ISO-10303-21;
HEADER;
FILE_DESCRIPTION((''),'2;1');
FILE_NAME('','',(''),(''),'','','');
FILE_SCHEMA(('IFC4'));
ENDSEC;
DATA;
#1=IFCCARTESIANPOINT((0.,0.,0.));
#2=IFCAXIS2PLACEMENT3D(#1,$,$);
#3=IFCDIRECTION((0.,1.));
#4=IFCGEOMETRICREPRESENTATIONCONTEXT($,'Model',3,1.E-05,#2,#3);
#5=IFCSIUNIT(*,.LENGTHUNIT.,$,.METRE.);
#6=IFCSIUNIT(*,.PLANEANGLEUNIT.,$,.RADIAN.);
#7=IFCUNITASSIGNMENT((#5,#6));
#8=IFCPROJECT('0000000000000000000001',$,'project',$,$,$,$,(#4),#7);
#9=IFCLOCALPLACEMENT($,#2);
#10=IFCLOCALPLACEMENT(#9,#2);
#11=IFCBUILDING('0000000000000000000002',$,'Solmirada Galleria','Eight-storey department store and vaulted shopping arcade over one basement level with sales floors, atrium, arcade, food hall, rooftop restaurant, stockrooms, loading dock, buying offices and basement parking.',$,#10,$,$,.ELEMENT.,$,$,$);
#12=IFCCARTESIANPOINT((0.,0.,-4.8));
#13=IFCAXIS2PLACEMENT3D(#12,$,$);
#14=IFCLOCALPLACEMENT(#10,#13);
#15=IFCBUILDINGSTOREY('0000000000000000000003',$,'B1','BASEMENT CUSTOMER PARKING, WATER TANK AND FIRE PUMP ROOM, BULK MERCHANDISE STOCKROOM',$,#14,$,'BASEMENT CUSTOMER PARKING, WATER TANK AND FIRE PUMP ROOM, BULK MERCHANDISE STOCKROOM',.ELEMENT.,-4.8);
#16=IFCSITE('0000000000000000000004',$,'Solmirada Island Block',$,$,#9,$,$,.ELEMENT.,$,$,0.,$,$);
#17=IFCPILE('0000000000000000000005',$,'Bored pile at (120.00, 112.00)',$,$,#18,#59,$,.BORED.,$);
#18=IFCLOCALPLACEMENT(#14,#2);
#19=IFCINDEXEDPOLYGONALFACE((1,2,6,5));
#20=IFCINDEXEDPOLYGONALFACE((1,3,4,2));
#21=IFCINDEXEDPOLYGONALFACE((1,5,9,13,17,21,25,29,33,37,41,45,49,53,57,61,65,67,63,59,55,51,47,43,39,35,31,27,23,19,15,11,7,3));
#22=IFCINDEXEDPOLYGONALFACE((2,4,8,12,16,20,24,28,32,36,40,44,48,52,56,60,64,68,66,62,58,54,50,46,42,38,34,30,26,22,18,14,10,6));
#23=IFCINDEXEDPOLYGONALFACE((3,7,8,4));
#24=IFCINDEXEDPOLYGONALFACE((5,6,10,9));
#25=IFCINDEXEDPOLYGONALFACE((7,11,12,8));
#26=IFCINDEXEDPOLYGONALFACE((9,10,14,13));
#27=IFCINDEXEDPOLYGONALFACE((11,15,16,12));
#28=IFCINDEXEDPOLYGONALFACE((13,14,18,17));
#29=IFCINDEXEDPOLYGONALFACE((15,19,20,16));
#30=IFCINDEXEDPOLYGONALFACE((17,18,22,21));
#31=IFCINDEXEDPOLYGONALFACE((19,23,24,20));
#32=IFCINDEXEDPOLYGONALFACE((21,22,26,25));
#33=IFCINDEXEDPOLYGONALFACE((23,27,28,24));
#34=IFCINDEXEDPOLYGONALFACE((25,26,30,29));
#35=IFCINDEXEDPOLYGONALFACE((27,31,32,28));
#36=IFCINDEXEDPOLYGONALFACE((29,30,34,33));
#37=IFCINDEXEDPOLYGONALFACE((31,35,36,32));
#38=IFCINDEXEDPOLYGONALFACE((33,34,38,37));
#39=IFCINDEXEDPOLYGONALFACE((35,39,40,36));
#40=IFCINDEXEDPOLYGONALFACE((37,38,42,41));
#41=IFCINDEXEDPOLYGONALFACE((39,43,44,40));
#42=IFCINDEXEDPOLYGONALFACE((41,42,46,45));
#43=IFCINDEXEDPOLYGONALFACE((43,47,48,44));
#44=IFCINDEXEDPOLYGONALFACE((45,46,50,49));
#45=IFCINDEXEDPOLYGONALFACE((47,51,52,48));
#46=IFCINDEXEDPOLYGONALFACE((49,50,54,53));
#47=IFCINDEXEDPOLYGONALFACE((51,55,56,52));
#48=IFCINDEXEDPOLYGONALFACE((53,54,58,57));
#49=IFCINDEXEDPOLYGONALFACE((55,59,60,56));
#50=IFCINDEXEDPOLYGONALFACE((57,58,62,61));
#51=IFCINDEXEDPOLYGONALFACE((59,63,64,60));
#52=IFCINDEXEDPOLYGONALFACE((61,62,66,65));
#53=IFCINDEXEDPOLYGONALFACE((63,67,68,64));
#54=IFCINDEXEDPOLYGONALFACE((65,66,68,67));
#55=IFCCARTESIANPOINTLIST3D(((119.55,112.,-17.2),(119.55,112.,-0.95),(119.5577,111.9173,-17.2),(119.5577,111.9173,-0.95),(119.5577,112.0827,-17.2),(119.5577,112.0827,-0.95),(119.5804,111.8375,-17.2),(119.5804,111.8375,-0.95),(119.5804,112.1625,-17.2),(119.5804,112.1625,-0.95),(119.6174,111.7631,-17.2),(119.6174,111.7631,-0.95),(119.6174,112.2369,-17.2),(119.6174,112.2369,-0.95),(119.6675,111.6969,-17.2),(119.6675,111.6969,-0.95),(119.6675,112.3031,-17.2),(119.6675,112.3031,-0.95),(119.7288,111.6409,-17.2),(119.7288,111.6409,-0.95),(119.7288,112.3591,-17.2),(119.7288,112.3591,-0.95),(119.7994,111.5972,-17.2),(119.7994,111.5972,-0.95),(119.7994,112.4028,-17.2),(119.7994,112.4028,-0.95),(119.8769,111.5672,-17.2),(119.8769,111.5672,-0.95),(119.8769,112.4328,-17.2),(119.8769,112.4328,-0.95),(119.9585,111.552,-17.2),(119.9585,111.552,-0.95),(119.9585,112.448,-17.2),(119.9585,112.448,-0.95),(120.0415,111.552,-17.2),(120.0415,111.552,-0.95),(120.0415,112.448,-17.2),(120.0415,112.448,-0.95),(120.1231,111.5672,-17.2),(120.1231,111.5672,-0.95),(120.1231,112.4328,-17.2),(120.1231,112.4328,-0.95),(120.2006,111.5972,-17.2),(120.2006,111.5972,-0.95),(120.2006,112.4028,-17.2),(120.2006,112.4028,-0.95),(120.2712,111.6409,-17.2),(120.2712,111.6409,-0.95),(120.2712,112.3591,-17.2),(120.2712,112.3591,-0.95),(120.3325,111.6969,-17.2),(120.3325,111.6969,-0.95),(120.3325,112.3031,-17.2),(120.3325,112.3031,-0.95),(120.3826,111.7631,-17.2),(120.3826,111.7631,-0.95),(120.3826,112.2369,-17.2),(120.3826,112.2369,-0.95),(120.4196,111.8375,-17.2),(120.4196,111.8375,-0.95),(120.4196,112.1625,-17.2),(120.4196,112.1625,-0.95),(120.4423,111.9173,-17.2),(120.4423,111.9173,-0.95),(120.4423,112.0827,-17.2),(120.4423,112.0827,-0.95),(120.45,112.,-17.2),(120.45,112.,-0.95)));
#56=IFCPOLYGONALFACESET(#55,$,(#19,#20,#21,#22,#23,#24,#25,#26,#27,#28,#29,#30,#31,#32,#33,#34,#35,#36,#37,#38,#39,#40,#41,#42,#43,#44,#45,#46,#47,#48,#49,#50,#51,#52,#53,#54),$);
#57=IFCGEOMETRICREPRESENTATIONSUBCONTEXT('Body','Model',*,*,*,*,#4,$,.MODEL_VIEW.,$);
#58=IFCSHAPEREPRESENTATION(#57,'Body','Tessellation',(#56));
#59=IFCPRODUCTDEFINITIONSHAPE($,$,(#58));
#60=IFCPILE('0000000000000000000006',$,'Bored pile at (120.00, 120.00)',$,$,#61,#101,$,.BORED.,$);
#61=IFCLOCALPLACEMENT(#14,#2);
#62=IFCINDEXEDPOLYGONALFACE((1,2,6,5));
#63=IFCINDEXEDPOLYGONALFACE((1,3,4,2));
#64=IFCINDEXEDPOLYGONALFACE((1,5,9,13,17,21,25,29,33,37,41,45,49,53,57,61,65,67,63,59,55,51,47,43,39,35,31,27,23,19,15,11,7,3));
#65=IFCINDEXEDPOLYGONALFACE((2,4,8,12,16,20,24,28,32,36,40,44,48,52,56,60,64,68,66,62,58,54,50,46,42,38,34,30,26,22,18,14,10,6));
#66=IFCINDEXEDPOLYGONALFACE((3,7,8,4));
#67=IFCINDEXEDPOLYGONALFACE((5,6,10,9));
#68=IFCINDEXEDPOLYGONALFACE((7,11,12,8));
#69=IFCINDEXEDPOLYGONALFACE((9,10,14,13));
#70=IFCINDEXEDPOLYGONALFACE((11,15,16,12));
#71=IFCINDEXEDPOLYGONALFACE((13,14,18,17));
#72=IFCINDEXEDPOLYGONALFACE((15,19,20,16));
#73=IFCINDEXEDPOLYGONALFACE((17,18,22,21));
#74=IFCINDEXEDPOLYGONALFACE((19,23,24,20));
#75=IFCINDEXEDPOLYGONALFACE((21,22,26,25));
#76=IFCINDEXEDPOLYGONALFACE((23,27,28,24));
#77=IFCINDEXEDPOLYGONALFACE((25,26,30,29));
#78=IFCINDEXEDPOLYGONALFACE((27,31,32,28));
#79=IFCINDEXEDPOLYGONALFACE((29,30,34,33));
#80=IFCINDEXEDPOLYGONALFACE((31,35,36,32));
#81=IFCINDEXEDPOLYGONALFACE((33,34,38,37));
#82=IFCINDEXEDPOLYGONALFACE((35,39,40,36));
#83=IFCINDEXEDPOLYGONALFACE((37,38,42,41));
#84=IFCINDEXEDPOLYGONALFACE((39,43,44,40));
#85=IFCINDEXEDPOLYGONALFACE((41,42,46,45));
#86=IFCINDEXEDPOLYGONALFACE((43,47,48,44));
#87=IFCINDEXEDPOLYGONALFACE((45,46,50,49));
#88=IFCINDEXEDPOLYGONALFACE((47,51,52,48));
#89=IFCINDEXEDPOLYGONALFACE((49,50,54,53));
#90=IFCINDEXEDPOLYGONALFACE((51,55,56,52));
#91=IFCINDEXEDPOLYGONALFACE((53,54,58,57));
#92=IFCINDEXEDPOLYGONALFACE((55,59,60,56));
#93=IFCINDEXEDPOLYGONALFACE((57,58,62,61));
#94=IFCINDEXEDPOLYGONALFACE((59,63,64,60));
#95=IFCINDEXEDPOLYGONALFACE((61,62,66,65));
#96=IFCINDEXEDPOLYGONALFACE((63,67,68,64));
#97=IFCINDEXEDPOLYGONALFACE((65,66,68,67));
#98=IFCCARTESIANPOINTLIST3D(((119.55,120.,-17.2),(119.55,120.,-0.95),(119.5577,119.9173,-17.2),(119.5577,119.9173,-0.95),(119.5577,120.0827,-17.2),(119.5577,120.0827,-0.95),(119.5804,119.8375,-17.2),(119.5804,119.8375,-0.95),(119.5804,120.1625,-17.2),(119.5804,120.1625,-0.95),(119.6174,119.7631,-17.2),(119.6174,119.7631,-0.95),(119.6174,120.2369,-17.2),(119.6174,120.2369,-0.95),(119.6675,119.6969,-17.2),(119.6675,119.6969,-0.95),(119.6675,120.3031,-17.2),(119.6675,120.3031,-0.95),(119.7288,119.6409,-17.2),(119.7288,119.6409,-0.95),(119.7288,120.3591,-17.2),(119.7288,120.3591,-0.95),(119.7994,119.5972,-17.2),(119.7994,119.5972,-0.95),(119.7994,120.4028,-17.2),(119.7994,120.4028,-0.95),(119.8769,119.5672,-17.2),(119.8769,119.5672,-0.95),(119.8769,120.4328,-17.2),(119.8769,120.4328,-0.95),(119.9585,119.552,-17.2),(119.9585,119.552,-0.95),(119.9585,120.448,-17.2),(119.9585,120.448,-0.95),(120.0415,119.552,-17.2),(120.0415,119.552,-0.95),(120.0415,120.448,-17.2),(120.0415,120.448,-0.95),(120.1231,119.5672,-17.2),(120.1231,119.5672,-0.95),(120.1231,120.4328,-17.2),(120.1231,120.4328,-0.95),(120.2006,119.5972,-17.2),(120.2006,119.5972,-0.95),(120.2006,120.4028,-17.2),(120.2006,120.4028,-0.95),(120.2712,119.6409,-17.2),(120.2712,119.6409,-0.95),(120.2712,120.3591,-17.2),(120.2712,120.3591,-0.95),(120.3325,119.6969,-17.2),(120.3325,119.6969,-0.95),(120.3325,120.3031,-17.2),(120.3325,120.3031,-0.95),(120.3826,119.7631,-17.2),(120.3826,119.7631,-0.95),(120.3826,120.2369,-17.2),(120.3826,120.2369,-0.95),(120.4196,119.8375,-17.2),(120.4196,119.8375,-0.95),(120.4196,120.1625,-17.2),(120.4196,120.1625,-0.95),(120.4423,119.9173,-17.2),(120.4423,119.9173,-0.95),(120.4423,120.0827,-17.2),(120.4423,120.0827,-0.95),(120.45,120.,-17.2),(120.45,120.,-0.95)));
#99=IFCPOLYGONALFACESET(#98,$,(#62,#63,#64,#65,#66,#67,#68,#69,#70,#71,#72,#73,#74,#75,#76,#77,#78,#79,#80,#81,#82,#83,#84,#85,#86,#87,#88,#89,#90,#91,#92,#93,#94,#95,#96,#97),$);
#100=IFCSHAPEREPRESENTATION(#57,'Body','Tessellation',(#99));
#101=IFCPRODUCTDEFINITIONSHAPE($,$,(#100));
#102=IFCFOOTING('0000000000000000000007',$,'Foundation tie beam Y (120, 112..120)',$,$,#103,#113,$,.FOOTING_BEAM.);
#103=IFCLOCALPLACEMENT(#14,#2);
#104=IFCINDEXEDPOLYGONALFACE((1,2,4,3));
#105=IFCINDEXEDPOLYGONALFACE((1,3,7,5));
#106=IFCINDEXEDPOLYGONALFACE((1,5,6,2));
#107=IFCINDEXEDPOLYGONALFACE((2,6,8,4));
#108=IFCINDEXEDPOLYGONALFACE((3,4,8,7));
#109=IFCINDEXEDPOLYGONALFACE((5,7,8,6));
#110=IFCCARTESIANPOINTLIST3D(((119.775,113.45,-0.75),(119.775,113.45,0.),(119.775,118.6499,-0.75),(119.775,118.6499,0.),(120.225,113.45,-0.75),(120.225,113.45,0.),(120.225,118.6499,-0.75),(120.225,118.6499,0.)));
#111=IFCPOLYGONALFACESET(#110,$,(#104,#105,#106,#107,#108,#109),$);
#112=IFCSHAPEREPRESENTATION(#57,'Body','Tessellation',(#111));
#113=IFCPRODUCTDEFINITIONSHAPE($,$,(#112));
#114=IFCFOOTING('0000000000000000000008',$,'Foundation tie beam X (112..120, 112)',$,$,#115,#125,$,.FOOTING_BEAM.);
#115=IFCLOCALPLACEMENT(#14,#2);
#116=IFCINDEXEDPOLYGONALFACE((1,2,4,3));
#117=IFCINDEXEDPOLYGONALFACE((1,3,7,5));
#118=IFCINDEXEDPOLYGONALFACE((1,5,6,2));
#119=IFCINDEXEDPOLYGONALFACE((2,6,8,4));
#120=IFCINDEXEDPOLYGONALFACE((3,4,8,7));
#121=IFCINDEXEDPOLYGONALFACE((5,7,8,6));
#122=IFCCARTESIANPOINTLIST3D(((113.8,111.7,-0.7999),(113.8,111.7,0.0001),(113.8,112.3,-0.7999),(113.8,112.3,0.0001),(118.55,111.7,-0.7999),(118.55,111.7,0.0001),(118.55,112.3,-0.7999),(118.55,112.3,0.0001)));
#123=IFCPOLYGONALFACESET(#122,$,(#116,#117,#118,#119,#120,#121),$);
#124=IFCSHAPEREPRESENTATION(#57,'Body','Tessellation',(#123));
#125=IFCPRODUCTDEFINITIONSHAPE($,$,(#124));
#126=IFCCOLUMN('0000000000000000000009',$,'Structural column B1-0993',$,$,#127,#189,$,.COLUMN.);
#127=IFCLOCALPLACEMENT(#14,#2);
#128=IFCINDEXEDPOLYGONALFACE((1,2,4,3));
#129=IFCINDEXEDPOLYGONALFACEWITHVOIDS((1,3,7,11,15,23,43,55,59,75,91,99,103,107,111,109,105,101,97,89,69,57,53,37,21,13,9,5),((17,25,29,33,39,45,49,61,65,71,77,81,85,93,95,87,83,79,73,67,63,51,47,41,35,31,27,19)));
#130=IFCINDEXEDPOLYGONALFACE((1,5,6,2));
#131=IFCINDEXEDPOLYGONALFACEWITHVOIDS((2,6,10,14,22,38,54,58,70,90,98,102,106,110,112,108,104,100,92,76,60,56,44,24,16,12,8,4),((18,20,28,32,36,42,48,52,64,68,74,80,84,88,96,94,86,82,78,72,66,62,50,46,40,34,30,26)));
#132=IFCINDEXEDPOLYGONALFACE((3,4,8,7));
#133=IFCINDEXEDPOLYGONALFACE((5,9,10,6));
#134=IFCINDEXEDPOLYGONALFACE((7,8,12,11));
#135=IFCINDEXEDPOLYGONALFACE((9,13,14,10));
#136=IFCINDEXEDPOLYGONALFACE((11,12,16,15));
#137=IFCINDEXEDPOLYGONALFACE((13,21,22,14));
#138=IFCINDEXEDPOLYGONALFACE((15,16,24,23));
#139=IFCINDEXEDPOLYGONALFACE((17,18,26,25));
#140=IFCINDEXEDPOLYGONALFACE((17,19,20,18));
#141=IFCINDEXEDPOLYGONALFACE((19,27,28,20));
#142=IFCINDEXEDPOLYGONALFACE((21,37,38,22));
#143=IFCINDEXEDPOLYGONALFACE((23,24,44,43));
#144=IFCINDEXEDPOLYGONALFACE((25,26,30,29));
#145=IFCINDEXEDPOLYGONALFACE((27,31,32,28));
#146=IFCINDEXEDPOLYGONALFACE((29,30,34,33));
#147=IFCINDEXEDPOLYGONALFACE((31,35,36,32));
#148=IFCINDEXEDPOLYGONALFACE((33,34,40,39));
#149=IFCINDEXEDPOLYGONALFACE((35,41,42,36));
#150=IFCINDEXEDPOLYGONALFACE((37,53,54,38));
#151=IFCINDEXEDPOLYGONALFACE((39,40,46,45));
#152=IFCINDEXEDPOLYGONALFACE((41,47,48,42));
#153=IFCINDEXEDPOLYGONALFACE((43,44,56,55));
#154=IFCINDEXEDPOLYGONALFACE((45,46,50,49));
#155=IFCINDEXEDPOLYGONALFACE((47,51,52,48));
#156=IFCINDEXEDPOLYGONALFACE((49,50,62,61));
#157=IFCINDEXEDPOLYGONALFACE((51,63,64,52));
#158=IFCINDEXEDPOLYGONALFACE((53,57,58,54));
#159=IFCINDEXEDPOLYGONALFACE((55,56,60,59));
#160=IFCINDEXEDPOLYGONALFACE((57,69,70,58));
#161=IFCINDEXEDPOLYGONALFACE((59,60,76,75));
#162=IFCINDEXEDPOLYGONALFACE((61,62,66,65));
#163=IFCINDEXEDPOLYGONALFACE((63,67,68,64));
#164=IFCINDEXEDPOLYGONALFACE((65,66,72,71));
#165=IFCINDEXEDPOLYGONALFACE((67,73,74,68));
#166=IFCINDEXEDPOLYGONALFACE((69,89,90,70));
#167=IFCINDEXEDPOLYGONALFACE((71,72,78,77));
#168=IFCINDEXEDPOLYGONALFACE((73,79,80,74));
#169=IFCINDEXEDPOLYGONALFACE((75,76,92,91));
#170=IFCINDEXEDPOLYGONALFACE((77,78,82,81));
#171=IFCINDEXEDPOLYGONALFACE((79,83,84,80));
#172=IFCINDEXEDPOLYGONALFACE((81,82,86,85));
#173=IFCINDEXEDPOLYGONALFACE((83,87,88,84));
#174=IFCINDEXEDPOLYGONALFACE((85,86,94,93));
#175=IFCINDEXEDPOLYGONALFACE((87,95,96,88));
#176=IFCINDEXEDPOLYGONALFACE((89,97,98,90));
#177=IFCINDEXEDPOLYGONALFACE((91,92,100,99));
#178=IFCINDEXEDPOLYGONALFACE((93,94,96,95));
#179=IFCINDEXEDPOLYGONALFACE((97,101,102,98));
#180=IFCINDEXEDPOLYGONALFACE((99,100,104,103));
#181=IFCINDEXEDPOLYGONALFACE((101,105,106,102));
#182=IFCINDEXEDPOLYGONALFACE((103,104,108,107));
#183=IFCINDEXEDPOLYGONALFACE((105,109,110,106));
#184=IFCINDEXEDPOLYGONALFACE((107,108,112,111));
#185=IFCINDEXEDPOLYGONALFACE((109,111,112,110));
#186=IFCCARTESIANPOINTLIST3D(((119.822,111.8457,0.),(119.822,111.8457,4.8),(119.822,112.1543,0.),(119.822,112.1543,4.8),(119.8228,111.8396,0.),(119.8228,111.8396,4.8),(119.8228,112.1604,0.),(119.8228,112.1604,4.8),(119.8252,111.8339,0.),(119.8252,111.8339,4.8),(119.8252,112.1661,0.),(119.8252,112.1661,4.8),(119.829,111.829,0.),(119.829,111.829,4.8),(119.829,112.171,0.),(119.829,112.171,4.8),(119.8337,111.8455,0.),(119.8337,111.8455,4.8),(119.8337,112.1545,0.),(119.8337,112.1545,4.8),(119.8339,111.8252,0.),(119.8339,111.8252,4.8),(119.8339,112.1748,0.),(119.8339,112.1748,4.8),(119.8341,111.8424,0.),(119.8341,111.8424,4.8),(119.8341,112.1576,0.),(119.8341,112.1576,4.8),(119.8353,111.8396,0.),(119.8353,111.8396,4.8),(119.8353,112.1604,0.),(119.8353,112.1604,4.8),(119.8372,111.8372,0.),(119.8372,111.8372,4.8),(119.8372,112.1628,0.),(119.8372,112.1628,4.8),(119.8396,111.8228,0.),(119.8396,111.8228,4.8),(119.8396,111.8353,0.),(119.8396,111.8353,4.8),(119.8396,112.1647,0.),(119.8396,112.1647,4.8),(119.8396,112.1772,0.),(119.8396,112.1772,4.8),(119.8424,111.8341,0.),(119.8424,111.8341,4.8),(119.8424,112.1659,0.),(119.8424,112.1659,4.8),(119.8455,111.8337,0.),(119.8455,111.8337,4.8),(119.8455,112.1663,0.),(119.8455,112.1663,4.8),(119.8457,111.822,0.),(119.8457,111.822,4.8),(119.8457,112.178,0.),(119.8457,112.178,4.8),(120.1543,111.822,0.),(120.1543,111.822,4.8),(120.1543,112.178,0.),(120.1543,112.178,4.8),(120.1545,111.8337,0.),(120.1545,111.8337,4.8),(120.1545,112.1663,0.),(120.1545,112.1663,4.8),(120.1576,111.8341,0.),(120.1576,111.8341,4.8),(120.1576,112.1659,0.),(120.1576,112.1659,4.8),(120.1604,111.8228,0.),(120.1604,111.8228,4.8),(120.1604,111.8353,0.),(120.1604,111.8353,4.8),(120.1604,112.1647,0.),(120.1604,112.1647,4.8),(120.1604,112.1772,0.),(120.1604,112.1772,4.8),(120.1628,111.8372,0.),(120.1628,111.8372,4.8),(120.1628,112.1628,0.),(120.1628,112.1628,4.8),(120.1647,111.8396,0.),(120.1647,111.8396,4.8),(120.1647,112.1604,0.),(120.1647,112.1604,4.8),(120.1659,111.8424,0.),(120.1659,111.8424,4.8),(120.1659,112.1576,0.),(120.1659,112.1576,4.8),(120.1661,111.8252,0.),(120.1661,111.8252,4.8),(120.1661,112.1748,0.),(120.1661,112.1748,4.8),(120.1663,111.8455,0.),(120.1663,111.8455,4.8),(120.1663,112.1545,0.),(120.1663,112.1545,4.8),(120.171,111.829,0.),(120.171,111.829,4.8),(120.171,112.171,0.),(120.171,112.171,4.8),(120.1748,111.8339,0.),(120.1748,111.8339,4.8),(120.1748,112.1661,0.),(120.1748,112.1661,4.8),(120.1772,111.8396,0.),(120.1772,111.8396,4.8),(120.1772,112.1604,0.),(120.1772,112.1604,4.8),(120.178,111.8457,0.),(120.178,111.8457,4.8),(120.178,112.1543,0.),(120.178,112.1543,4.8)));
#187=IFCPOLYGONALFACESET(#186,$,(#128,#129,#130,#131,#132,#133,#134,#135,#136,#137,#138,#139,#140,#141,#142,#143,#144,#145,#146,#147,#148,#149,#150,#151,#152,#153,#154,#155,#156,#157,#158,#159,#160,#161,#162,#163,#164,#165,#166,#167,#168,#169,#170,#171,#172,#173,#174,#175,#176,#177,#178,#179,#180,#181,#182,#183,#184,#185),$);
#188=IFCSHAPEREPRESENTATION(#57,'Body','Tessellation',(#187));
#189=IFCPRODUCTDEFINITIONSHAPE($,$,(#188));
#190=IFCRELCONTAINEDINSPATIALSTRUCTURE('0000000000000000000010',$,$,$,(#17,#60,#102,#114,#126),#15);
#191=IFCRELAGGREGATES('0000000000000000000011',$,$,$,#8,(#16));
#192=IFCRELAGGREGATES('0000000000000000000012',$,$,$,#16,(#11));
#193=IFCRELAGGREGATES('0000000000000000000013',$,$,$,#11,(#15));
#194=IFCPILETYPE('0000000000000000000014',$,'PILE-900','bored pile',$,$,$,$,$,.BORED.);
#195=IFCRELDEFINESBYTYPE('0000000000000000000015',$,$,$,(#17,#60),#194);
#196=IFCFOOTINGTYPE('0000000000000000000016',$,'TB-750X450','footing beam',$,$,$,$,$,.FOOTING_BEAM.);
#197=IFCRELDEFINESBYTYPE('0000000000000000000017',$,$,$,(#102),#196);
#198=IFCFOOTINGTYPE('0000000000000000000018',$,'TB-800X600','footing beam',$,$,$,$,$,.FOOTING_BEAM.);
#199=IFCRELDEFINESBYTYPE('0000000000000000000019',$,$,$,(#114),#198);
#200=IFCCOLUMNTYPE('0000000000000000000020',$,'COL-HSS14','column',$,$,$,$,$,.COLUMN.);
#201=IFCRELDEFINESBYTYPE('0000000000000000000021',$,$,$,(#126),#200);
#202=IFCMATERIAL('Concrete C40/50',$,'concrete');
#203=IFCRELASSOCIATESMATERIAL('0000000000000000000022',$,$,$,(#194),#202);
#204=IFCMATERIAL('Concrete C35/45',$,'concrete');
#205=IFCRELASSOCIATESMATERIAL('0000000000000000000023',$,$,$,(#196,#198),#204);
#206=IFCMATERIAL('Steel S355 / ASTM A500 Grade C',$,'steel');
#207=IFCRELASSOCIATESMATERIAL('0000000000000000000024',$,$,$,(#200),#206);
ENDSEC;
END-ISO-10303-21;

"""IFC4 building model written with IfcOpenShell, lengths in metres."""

from ifc_helpers import new_model, si_unit, direction, frame, origin, origin_2d, place, context, subcontext, project, spatial, rectangle, hollow_rectangle, circle, extrude, material, material_profile, profile_set, type_object, element, save


model = new_model("IFC4")

# Units and contexts
model_context = context("Model", 3, precision=1e-05, world=origin(), true_north=direction((0.0, 1.0)))
body_context = subcontext(model_context, "Body", "Model", "MODEL_VIEW")
ifc_project = project(units=[si_unit("LENGTHUNIT", "METRE"), si_unit("PLANEANGLEUNIT", "RADIAN")], contexts=[model_context])

# Site, building, storey
site_placement = place(None, origin())
site = spatial("IfcSite", under=ifc_project, at=site_placement, Name="Solmirada Island Block", CompositionType="ELEMENT", RefElevation=0.0)
building_placement = place(site_placement, origin())
building = spatial("IfcBuilding", under=site, at=building_placement, Name="Solmirada Galleria", Description="Eight-storey department store and vaulted shopping arcade over one basement level with sales floors, atrium, arcade, food hall, rooftop restaurant, stockrooms, loading dock, buying offices and basement parking.", CompositionType="ELEMENT")
storey_placement = place(building_placement, frame((0.0, 0.0, -4.8)))
storey = spatial("IfcBuildingStorey", under=building, at=storey_placement, Name="B1", Description="BASEMENT CUSTOMER PARKING, WATER TANK AND FIRE PUMP ROOM, BULK MERCHANDISE STOCKROOM", LongName="BASEMENT CUSTOMER PARKING, WATER TANK AND FIRE PUMP ROOM, BULK MERCHANDISE STOCKROOM", CompositionType="ELEMENT", Elevation=-4.8)

# Shared definitions
ifc_material_1 = material(Name="Concrete C35/45", Category="concrete")

# Piles
ifc_material_2 = material(Name="Concrete C40/50", Category="concrete")
ifc_material_profile_1 = material_profile(ifc_material_2, circle(Radius=0.45, at=origin_2d()), Name="PILE900")
ifc_profile_set_1 = profile_set([ifc_material_profile_1], Name="Concrete C40/50")
pile_type = type_object("IfcPileType", Name="PILE-900", Description="bored pile", PredefinedType="BORED", material=ifc_profile_set_1)
for number, where, z_axis, x_axis, name in (
    (1, (120.0, 112.0, -0.95), (0.0, 0.0, -1.0), (1.0, 0.0, 0.0), "Bored pile at (120.00, 112.00)"),
    (2, (120.0, 120.0, -0.95), (0.0, 0.0, -1.0), (1.0, 0.0, 0.0), "Bored pile at (120.00, 120.00)"),
):
    element("IfcPile", number, at=place(storey_placement, frame(where, z_axis=z_axis, x_axis=x_axis)), inside=storey, type_object=pile_type, Name=name, PredefinedType="BORED", context=body_context, shape_type="SweptSolid", body=[
        extrude(circle(Radius=0.45, at=origin_2d()), origin(), (0.0, 0.0, 1.0), 16.25),
    ])

# Footings
ifc_material_profile_2 = material_profile(ifc_material_1, rectangle(XDim=0.45, YDim=0.75, at=origin_2d()), Name="RC750X450")
ifc_profile_set_2 = profile_set([ifc_material_profile_2], Name="Concrete C35/45")
footing_type_1 = type_object("IfcFootingType", Name="TB-750X450", Description="footing beam", PredefinedType="FOOTING_BEAM", material=ifc_profile_set_2)
footing_1_placement = place(storey_placement, frame((120.0, 113.45, -0.375), z_axis=(0.0, 1.0, 0.0), x_axis=(-1.0, 0.0, 0.0)))
element("IfcFooting", 3, at=footing_1_placement, inside=storey, type_object=footing_type_1, Name="Foundation tie beam Y (120, 112..120)", PredefinedType="FOOTING_BEAM", context=body_context, shape_type="SweptSolid", body=[
    extrude(rectangle(XDim=0.45, YDim=0.75, at=origin_2d()), origin(), (0.0, 0.0, 1.0), 5.2),
])
ifc_material_profile_3 = material_profile(ifc_material_1, rectangle(XDim=0.6001, YDim=0.8, at=origin_2d()), Name="RC800X600")
ifc_profile_set_3 = profile_set([ifc_material_profile_3], Name="Concrete C35/45")
footing_type_2 = type_object("IfcFootingType", Name="TB-800X600", Description="footing beam", PredefinedType="FOOTING_BEAM", material=ifc_profile_set_3)
footing_2_placement = place(storey_placement, frame((113.8, 112.0, -0.3999), z_axis=(1.0, 0.0, 0.0), x_axis=(0.0, 1.0, 0.0)))
element("IfcFooting", 4, at=footing_2_placement, inside=storey, type_object=footing_type_2, Name="Foundation tie beam X (112..120, 112)", PredefinedType="FOOTING_BEAM", context=body_context, shape_type="SweptSolid", body=[
    extrude(rectangle(XDim=0.6001, YDim=0.8, at=origin_2d()), origin(), (0.0, 0.0, 1.0), 4.75),
])

# Column
ifc_material_3 = material(Name="Steel S355 / ASTM A500 Grade C", Category="steel")
ifc_material_profile_4 = material_profile(ifc_material_3, hollow_rectangle(XDim=0.356, YDim=0.356, WallThickness=0.0117, InnerFilletRadius=0.0117, OuterFilletRadius=0.0237, at=origin_2d()), Name="HSS14X14X1/2")
ifc_profile_set_4 = profile_set([ifc_material_profile_4], Name="Steel S355 / ASTM A500 Grade C")
column_type_1 = type_object("IfcColumnType", Name="COL-HSS14", Description="column", PredefinedType="COLUMN", material=ifc_profile_set_4)
for number, where, z_axis, x_axis, name in (
    (5, (120.0, 112.0, 0.0), (0.0, 0.0, 1.0), (1.0, 0.0, 0.0), "Structural column B1-0993"),
):
    element("IfcColumn", number, at=place(storey_placement, frame(where, z_axis=z_axis, x_axis=x_axis)), inside=storey, type_object=column_type_1, Name=name, PredefinedType="COLUMN", context=body_context, shape_type="SweptSolid", body=[
        extrude(hollow_rectangle(XDim=0.356, YDim=0.356, WallThickness=0.0117, InnerFilletRadius=0.0117, OuterFilletRadius=0.0237, at=origin_2d()), origin(), (0.0, 0.0, 1.0), 4.8),
    ])

save(model, "model.ifc")
